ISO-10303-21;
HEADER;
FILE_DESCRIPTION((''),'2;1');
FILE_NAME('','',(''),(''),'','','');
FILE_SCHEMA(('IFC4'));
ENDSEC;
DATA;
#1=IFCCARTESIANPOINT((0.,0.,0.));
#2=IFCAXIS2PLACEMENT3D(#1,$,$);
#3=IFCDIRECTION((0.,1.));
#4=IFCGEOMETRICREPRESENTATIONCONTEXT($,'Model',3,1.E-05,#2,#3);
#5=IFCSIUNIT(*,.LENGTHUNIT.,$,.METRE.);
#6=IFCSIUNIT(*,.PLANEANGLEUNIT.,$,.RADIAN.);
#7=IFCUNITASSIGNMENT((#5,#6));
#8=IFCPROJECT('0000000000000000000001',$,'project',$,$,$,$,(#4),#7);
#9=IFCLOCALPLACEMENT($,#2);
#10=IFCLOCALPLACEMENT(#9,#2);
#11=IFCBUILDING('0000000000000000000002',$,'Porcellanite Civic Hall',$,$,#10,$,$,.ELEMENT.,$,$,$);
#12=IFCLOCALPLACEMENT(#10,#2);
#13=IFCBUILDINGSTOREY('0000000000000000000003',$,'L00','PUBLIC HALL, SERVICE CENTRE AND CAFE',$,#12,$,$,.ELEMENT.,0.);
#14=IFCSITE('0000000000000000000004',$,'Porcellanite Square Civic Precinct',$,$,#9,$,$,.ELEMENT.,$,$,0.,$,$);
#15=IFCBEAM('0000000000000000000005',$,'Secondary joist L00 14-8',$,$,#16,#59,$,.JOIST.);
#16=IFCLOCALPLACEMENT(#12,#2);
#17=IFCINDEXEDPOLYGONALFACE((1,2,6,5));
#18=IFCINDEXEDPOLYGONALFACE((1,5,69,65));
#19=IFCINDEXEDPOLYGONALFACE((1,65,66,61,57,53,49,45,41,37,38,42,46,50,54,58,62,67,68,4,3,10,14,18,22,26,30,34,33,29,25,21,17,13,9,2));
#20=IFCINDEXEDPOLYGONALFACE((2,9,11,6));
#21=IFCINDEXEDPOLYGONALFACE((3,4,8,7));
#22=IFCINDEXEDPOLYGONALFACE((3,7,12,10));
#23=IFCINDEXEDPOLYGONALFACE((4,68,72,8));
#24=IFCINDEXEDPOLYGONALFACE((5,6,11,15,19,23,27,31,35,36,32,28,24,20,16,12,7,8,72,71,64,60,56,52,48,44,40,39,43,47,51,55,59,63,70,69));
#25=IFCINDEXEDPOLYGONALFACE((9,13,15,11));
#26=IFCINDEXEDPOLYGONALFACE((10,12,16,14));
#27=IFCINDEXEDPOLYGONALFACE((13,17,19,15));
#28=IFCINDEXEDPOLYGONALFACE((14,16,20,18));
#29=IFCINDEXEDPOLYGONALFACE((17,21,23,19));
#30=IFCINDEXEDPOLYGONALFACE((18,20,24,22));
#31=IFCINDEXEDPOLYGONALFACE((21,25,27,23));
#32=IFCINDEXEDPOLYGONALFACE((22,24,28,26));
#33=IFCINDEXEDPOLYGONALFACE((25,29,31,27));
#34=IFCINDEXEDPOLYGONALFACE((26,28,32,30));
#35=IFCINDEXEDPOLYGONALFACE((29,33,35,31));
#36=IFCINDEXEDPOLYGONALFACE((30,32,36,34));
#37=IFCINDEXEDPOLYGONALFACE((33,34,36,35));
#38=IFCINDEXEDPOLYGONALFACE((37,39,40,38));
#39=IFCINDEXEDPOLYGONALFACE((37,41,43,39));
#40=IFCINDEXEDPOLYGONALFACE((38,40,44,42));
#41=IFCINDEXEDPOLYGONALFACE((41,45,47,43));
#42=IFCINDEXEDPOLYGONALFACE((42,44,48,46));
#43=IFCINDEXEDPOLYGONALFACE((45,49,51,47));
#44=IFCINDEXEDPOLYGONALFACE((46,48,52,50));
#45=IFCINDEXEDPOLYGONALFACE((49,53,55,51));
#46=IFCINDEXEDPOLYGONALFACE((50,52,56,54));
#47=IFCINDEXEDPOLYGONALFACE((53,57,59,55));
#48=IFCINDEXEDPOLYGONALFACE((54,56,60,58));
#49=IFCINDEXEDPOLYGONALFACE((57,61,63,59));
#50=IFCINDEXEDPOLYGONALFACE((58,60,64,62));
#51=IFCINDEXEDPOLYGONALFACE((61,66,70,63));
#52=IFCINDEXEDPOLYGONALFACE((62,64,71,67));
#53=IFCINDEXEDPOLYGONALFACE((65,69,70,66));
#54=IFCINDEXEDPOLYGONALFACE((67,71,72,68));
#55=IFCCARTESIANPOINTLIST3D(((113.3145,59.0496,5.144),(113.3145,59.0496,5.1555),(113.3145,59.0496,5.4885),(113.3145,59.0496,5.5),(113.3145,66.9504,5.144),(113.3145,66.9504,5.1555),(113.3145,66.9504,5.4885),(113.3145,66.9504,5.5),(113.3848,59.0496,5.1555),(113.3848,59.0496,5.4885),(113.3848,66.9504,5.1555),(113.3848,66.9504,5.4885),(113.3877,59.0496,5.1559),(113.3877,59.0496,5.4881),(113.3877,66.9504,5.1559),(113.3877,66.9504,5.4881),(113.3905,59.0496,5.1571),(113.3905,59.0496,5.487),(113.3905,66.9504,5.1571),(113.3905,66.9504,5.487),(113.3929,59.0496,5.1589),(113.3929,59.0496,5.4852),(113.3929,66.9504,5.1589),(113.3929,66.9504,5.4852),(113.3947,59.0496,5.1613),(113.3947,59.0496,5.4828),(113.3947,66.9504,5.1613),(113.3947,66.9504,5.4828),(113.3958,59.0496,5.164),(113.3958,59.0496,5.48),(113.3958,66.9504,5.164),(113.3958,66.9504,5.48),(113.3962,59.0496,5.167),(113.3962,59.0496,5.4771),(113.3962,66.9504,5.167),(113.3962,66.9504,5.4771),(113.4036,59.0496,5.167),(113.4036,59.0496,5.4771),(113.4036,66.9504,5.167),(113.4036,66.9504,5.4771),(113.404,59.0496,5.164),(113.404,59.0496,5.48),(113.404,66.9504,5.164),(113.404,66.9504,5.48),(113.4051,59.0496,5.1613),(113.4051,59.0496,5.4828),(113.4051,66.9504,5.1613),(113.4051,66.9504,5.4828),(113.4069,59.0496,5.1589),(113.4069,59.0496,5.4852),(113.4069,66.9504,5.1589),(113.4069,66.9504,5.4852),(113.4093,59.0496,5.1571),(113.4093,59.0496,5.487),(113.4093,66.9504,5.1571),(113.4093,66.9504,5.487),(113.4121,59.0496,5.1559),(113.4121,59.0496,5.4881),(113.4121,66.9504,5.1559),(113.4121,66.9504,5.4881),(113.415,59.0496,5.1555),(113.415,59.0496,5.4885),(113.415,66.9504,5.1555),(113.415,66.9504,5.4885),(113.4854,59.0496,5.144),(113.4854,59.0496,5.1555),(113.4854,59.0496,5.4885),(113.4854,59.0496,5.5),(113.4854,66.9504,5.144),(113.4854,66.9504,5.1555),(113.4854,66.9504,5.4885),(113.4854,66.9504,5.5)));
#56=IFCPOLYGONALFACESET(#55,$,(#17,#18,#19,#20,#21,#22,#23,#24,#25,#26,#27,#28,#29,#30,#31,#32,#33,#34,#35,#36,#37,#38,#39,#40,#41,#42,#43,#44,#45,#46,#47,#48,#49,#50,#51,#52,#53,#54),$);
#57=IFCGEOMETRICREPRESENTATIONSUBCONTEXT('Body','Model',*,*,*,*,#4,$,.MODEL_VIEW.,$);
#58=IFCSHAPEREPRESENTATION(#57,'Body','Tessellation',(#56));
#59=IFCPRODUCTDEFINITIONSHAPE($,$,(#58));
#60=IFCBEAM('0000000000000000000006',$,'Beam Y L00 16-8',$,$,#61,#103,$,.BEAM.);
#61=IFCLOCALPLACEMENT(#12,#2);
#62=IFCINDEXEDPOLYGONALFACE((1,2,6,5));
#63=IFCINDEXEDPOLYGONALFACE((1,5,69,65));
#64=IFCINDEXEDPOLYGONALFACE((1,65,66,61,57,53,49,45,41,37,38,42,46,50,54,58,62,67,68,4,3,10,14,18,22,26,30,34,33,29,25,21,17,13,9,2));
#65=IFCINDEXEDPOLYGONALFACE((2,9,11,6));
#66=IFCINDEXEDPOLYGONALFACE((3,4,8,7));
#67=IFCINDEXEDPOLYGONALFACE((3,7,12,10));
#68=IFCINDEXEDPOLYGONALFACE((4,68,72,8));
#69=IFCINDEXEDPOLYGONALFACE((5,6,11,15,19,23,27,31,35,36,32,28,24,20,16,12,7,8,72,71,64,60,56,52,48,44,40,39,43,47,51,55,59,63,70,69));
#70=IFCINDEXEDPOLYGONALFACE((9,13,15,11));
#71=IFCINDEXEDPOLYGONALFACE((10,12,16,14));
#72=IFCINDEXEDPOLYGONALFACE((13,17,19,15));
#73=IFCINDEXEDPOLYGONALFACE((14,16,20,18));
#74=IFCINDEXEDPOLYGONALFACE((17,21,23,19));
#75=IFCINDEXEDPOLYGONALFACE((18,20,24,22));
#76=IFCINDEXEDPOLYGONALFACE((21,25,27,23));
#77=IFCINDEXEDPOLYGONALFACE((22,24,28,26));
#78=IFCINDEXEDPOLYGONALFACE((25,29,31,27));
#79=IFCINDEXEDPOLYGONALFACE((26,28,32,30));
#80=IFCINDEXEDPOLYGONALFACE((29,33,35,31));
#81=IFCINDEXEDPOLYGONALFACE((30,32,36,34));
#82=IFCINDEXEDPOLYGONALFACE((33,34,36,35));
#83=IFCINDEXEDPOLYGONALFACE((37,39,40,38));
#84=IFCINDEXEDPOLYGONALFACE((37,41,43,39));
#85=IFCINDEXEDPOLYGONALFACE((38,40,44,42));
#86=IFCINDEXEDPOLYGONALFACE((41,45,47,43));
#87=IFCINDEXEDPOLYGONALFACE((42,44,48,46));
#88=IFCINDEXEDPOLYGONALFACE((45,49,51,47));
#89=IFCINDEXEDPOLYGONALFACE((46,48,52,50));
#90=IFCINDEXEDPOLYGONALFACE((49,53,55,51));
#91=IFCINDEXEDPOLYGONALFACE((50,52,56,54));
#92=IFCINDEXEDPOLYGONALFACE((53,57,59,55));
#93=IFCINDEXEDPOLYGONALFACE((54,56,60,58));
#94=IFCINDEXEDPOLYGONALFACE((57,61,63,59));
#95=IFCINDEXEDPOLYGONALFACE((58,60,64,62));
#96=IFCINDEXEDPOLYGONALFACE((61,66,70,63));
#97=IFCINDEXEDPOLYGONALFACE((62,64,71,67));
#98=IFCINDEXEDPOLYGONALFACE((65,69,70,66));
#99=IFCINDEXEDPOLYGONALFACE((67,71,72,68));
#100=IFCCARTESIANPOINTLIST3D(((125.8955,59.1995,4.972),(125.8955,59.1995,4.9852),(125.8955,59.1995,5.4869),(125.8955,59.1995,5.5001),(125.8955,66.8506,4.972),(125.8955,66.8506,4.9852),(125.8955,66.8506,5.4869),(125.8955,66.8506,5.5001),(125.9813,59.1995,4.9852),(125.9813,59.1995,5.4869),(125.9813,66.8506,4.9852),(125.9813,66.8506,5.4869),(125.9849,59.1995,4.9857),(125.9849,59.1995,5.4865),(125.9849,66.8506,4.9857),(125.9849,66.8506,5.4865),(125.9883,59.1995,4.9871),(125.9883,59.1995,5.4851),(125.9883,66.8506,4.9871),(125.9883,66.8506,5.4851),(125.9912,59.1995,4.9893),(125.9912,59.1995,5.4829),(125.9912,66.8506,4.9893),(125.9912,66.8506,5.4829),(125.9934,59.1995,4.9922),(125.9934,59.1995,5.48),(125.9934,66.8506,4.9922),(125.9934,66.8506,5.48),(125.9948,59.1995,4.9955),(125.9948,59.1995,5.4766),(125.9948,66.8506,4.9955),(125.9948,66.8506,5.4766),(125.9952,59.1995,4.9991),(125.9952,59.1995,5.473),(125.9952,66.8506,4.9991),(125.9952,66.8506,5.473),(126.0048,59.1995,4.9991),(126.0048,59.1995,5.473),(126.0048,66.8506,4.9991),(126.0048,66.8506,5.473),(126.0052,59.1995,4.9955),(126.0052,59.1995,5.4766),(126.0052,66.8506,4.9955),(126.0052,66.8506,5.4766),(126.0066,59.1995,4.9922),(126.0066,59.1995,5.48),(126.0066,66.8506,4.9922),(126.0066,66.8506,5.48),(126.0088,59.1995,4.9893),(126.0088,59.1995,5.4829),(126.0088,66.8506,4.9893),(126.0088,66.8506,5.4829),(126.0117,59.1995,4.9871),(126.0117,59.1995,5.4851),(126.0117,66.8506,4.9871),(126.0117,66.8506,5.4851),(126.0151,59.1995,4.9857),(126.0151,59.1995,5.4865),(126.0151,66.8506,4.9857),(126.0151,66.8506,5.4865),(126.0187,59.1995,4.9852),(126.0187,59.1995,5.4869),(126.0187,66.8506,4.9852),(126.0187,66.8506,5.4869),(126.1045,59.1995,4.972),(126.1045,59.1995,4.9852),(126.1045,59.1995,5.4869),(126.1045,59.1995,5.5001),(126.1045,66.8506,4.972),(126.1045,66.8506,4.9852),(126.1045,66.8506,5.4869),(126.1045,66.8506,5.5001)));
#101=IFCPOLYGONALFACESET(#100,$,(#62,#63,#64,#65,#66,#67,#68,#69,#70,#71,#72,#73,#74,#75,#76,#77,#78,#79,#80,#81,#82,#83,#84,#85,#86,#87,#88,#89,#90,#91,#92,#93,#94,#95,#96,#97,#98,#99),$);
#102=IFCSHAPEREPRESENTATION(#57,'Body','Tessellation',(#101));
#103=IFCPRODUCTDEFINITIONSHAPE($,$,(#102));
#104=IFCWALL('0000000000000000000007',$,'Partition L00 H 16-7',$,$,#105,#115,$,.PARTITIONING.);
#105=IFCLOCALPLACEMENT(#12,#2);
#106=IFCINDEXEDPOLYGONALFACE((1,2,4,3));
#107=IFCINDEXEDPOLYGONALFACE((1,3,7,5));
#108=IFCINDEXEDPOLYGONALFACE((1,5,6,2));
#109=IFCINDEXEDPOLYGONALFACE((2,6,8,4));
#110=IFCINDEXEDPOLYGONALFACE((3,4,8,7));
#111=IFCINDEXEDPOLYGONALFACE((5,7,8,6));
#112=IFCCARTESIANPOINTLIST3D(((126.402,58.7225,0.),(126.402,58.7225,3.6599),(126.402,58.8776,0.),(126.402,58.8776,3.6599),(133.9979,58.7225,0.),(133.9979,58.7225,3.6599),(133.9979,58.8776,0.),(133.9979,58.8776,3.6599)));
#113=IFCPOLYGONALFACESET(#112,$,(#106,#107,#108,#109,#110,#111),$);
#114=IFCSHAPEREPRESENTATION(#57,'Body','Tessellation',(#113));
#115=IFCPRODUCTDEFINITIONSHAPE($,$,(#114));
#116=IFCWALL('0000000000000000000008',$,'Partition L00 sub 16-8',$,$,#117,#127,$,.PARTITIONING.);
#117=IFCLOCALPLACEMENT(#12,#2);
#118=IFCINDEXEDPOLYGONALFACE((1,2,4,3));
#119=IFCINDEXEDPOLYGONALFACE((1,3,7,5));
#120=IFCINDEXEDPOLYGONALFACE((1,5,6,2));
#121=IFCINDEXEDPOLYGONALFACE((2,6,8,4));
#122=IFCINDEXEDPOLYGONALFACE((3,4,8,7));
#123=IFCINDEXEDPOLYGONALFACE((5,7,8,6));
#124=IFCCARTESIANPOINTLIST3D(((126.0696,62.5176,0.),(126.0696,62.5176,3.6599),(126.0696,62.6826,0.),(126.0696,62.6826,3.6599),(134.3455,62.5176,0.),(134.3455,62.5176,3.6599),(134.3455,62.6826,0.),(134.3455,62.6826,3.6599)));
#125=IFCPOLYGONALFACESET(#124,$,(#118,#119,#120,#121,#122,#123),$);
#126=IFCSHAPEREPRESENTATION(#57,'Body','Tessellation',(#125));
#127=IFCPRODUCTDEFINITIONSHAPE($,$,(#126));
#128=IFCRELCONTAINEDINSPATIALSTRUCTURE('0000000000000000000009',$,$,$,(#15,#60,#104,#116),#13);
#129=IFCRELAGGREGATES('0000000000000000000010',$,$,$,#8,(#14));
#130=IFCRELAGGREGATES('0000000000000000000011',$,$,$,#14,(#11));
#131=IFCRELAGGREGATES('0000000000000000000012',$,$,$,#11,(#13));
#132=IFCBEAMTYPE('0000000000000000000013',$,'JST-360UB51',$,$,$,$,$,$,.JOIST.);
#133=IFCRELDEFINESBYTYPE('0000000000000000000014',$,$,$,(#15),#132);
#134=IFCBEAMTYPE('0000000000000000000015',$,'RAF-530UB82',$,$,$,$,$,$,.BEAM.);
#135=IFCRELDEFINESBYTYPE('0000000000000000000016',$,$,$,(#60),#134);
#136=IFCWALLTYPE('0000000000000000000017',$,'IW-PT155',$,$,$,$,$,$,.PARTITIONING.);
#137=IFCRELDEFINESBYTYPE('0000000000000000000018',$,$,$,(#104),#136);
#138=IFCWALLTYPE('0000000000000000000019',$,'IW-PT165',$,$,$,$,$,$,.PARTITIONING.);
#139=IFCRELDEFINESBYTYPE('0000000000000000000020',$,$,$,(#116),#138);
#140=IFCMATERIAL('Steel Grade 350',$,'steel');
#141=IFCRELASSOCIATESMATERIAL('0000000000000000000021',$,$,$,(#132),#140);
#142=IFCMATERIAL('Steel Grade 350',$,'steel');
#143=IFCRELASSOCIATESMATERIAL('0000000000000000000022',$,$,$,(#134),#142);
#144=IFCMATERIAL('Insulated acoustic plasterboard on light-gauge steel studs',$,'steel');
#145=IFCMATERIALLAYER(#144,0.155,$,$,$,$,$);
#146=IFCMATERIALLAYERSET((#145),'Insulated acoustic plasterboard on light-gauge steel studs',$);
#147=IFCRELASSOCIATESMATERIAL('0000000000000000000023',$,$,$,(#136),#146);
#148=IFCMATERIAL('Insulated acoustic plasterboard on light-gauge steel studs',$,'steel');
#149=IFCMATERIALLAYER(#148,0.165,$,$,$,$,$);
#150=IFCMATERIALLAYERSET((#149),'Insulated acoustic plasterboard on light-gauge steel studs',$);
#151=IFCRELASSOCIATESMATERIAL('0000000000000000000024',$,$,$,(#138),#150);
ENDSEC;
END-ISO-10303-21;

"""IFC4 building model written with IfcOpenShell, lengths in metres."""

from ifc_helpers import new_model, si_unit, direction, frame, frame_2d, origin, origin_2d, place, context, subcontext, project, spatial, rectangle, i_section, extrude, material, layer, layer_set, material_profile, profile_set, type_object, element, save


model = new_model("IFC4")

# Units and contexts
model_context = context("Model", 3, precision=1e-05, world=origin(), true_north=direction((0.0, 1.0)))
body_context = subcontext(model_context, "Body", "Model", "MODEL_VIEW")
ifc_project = project(units=[si_unit("LENGTHUNIT", "METRE"), si_unit("PLANEANGLEUNIT", "RADIAN")], contexts=[model_context])

# Site, building, storey
site_placement = place(None, origin())
site = spatial("IfcSite", under=ifc_project, at=site_placement, Name="Porcellanite Square Civic Precinct", CompositionType="ELEMENT", RefElevation=0.0)
building_placement = place(site_placement, origin())
building = spatial("IfcBuilding", under=site, at=building_placement, Name="Porcellanite Civic Hall", CompositionType="ELEMENT")
storey_placement = place(building_placement, origin())
storey = spatial("IfcBuildingStorey", under=building, at=storey_placement, Name="L00", Description="PUBLIC HALL, SERVICE CENTRE AND CAFE", CompositionType="ELEMENT", Elevation=0.0)

# Beams
ifc_material_1 = material(Name="Steel Grade 350", Category="steel")
ifc_material_profile_1 = material_profile(ifc_material_1, i_section(OverallWidth=0.1709, OverallDepth=0.356, WebThickness=0.0073, FlangeThickness=0.0115, FilletRadius=0.0115, at=origin_2d()), Name="360UB50.7")
ifc_profile_set_1 = profile_set([ifc_material_profile_1], Name="Steel Grade 350")
beam_type_1 = type_object("IfcBeamType", Name="JST-360UB51", PredefinedType="JOIST", material=ifc_profile_set_1)
beam_1_placement = place(storey_placement, frame((113.3999, 59.0496, 5.322), z_axis=(0.0, 1.0, 0.0), x_axis=(-1.0, 0.0, 0.0)))
element("IfcBeam", 1, at=beam_1_placement, inside=storey, type_object=beam_type_1, Name="Secondary joist L00 14-8", PredefinedType="JOIST", context=body_context, shape_type="SweptSolid", body=[
    extrude(i_section(OverallWidth=0.1709, OverallDepth=0.356, WebThickness=0.0073, FlangeThickness=0.0115, FilletRadius=0.0115, at=origin_2d()), origin(), (0.0, 0.0, 1.0), 7.9009),
])
ifc_material_2 = material(Name="Steel Grade 350", Category="steel")
ifc_material_profile_2 = material_profile(ifc_material_2, i_section(OverallWidth=0.209, OverallDepth=0.5281, WebThickness=0.0095, FlangeThickness=0.0132, FilletRadius=0.0139, at=origin_2d()), Name="530UB82.0")
ifc_profile_set_2 = profile_set([ifc_material_profile_2], Name="Steel Grade 350")
beam_type_2 = type_object("IfcBeamType", Name="RAF-530UB82", PredefinedType="BEAM", material=ifc_profile_set_2)
beam_2_placement = place(storey_placement, frame((126.0, 59.1995, 5.2361), z_axis=(0.0, 1.0, 0.0), x_axis=(-1.0, 0.0, 0.0)))
element("IfcBeam", 2, at=beam_2_placement, inside=storey, type_object=beam_type_2, Name="Beam Y L00 16-8", PredefinedType="BEAM", context=body_context, shape_type="SweptSolid", body=[
    extrude(i_section(OverallWidth=0.209, OverallDepth=0.5281, WebThickness=0.0095, FlangeThickness=0.0132, FilletRadius=0.0139, at=origin_2d()), origin(), (0.0, 0.0, 1.0), 7.6511),
])

# Wall
ifc_material_3 = material(Name="Insulated acoustic plasterboard on light-gauge steel studs", Category="steel")
ifc_layer_1 = layer(ifc_material_3, 0.155)
ifc_layer_set_1 = layer_set([ifc_layer_1], Name="Insulated acoustic plasterboard on light-gauge steel studs")
wall_type_1 = type_object("IfcWallType", Name="IW-PT155", PredefinedType="PARTITIONING", material=ifc_layer_set_1)
wall_1_placement = place(storey_placement, frame((126.4021, 58.8, 0.0), z_axis=(0.0, 0.0, 1.0), x_axis=(1.0, 0.0, 0.0)))
element("IfcWall", 3, at=wall_1_placement, inside=storey, type_object=wall_type_1, Name="Partition L00 H 16-7", PredefinedType="PARTITIONING", context=body_context, shape_type="SweptSolid", body=[
    extrude(rectangle(XDim=7.5959, YDim=0.155, at=frame_2d((3.7979, 0.0))), origin(), (0.0, 0.0, 1.0), 3.6599),
])

# Shared definitions
ifc_material_4 = material(Name="Insulated acoustic plasterboard on light-gauge steel studs", Category="steel")
ifc_layer_2 = layer(ifc_material_4, 0.165)
ifc_layer_set_2 = layer_set([ifc_layer_2], Name="Insulated acoustic plasterboard on light-gauge steel studs")
wall_type_2 = type_object("IfcWallType", Name="IW-PT165", PredefinedType="PARTITIONING", material=ifc_layer_set_2)

# Wall
wall_2_placement = place(storey_placement, frame((126.0696, 62.6001, 0.0), z_axis=(0.0, 0.0, 1.0), x_axis=(1.0, 0.0, 0.0)))
element("IfcWall", 4, at=wall_2_placement, inside=storey, type_object=wall_type_2, Name="Partition L00 sub 16-8", PredefinedType="PARTITIONING", context=body_context, shape_type="SweptSolid", body=[
    extrude(rectangle(XDim=8.2759, YDim=0.165, at=frame_2d((4.1379, 0.0))), origin(), (0.0, 0.0, 1.0), 3.6599),
])

save(model, "model.ifc")
